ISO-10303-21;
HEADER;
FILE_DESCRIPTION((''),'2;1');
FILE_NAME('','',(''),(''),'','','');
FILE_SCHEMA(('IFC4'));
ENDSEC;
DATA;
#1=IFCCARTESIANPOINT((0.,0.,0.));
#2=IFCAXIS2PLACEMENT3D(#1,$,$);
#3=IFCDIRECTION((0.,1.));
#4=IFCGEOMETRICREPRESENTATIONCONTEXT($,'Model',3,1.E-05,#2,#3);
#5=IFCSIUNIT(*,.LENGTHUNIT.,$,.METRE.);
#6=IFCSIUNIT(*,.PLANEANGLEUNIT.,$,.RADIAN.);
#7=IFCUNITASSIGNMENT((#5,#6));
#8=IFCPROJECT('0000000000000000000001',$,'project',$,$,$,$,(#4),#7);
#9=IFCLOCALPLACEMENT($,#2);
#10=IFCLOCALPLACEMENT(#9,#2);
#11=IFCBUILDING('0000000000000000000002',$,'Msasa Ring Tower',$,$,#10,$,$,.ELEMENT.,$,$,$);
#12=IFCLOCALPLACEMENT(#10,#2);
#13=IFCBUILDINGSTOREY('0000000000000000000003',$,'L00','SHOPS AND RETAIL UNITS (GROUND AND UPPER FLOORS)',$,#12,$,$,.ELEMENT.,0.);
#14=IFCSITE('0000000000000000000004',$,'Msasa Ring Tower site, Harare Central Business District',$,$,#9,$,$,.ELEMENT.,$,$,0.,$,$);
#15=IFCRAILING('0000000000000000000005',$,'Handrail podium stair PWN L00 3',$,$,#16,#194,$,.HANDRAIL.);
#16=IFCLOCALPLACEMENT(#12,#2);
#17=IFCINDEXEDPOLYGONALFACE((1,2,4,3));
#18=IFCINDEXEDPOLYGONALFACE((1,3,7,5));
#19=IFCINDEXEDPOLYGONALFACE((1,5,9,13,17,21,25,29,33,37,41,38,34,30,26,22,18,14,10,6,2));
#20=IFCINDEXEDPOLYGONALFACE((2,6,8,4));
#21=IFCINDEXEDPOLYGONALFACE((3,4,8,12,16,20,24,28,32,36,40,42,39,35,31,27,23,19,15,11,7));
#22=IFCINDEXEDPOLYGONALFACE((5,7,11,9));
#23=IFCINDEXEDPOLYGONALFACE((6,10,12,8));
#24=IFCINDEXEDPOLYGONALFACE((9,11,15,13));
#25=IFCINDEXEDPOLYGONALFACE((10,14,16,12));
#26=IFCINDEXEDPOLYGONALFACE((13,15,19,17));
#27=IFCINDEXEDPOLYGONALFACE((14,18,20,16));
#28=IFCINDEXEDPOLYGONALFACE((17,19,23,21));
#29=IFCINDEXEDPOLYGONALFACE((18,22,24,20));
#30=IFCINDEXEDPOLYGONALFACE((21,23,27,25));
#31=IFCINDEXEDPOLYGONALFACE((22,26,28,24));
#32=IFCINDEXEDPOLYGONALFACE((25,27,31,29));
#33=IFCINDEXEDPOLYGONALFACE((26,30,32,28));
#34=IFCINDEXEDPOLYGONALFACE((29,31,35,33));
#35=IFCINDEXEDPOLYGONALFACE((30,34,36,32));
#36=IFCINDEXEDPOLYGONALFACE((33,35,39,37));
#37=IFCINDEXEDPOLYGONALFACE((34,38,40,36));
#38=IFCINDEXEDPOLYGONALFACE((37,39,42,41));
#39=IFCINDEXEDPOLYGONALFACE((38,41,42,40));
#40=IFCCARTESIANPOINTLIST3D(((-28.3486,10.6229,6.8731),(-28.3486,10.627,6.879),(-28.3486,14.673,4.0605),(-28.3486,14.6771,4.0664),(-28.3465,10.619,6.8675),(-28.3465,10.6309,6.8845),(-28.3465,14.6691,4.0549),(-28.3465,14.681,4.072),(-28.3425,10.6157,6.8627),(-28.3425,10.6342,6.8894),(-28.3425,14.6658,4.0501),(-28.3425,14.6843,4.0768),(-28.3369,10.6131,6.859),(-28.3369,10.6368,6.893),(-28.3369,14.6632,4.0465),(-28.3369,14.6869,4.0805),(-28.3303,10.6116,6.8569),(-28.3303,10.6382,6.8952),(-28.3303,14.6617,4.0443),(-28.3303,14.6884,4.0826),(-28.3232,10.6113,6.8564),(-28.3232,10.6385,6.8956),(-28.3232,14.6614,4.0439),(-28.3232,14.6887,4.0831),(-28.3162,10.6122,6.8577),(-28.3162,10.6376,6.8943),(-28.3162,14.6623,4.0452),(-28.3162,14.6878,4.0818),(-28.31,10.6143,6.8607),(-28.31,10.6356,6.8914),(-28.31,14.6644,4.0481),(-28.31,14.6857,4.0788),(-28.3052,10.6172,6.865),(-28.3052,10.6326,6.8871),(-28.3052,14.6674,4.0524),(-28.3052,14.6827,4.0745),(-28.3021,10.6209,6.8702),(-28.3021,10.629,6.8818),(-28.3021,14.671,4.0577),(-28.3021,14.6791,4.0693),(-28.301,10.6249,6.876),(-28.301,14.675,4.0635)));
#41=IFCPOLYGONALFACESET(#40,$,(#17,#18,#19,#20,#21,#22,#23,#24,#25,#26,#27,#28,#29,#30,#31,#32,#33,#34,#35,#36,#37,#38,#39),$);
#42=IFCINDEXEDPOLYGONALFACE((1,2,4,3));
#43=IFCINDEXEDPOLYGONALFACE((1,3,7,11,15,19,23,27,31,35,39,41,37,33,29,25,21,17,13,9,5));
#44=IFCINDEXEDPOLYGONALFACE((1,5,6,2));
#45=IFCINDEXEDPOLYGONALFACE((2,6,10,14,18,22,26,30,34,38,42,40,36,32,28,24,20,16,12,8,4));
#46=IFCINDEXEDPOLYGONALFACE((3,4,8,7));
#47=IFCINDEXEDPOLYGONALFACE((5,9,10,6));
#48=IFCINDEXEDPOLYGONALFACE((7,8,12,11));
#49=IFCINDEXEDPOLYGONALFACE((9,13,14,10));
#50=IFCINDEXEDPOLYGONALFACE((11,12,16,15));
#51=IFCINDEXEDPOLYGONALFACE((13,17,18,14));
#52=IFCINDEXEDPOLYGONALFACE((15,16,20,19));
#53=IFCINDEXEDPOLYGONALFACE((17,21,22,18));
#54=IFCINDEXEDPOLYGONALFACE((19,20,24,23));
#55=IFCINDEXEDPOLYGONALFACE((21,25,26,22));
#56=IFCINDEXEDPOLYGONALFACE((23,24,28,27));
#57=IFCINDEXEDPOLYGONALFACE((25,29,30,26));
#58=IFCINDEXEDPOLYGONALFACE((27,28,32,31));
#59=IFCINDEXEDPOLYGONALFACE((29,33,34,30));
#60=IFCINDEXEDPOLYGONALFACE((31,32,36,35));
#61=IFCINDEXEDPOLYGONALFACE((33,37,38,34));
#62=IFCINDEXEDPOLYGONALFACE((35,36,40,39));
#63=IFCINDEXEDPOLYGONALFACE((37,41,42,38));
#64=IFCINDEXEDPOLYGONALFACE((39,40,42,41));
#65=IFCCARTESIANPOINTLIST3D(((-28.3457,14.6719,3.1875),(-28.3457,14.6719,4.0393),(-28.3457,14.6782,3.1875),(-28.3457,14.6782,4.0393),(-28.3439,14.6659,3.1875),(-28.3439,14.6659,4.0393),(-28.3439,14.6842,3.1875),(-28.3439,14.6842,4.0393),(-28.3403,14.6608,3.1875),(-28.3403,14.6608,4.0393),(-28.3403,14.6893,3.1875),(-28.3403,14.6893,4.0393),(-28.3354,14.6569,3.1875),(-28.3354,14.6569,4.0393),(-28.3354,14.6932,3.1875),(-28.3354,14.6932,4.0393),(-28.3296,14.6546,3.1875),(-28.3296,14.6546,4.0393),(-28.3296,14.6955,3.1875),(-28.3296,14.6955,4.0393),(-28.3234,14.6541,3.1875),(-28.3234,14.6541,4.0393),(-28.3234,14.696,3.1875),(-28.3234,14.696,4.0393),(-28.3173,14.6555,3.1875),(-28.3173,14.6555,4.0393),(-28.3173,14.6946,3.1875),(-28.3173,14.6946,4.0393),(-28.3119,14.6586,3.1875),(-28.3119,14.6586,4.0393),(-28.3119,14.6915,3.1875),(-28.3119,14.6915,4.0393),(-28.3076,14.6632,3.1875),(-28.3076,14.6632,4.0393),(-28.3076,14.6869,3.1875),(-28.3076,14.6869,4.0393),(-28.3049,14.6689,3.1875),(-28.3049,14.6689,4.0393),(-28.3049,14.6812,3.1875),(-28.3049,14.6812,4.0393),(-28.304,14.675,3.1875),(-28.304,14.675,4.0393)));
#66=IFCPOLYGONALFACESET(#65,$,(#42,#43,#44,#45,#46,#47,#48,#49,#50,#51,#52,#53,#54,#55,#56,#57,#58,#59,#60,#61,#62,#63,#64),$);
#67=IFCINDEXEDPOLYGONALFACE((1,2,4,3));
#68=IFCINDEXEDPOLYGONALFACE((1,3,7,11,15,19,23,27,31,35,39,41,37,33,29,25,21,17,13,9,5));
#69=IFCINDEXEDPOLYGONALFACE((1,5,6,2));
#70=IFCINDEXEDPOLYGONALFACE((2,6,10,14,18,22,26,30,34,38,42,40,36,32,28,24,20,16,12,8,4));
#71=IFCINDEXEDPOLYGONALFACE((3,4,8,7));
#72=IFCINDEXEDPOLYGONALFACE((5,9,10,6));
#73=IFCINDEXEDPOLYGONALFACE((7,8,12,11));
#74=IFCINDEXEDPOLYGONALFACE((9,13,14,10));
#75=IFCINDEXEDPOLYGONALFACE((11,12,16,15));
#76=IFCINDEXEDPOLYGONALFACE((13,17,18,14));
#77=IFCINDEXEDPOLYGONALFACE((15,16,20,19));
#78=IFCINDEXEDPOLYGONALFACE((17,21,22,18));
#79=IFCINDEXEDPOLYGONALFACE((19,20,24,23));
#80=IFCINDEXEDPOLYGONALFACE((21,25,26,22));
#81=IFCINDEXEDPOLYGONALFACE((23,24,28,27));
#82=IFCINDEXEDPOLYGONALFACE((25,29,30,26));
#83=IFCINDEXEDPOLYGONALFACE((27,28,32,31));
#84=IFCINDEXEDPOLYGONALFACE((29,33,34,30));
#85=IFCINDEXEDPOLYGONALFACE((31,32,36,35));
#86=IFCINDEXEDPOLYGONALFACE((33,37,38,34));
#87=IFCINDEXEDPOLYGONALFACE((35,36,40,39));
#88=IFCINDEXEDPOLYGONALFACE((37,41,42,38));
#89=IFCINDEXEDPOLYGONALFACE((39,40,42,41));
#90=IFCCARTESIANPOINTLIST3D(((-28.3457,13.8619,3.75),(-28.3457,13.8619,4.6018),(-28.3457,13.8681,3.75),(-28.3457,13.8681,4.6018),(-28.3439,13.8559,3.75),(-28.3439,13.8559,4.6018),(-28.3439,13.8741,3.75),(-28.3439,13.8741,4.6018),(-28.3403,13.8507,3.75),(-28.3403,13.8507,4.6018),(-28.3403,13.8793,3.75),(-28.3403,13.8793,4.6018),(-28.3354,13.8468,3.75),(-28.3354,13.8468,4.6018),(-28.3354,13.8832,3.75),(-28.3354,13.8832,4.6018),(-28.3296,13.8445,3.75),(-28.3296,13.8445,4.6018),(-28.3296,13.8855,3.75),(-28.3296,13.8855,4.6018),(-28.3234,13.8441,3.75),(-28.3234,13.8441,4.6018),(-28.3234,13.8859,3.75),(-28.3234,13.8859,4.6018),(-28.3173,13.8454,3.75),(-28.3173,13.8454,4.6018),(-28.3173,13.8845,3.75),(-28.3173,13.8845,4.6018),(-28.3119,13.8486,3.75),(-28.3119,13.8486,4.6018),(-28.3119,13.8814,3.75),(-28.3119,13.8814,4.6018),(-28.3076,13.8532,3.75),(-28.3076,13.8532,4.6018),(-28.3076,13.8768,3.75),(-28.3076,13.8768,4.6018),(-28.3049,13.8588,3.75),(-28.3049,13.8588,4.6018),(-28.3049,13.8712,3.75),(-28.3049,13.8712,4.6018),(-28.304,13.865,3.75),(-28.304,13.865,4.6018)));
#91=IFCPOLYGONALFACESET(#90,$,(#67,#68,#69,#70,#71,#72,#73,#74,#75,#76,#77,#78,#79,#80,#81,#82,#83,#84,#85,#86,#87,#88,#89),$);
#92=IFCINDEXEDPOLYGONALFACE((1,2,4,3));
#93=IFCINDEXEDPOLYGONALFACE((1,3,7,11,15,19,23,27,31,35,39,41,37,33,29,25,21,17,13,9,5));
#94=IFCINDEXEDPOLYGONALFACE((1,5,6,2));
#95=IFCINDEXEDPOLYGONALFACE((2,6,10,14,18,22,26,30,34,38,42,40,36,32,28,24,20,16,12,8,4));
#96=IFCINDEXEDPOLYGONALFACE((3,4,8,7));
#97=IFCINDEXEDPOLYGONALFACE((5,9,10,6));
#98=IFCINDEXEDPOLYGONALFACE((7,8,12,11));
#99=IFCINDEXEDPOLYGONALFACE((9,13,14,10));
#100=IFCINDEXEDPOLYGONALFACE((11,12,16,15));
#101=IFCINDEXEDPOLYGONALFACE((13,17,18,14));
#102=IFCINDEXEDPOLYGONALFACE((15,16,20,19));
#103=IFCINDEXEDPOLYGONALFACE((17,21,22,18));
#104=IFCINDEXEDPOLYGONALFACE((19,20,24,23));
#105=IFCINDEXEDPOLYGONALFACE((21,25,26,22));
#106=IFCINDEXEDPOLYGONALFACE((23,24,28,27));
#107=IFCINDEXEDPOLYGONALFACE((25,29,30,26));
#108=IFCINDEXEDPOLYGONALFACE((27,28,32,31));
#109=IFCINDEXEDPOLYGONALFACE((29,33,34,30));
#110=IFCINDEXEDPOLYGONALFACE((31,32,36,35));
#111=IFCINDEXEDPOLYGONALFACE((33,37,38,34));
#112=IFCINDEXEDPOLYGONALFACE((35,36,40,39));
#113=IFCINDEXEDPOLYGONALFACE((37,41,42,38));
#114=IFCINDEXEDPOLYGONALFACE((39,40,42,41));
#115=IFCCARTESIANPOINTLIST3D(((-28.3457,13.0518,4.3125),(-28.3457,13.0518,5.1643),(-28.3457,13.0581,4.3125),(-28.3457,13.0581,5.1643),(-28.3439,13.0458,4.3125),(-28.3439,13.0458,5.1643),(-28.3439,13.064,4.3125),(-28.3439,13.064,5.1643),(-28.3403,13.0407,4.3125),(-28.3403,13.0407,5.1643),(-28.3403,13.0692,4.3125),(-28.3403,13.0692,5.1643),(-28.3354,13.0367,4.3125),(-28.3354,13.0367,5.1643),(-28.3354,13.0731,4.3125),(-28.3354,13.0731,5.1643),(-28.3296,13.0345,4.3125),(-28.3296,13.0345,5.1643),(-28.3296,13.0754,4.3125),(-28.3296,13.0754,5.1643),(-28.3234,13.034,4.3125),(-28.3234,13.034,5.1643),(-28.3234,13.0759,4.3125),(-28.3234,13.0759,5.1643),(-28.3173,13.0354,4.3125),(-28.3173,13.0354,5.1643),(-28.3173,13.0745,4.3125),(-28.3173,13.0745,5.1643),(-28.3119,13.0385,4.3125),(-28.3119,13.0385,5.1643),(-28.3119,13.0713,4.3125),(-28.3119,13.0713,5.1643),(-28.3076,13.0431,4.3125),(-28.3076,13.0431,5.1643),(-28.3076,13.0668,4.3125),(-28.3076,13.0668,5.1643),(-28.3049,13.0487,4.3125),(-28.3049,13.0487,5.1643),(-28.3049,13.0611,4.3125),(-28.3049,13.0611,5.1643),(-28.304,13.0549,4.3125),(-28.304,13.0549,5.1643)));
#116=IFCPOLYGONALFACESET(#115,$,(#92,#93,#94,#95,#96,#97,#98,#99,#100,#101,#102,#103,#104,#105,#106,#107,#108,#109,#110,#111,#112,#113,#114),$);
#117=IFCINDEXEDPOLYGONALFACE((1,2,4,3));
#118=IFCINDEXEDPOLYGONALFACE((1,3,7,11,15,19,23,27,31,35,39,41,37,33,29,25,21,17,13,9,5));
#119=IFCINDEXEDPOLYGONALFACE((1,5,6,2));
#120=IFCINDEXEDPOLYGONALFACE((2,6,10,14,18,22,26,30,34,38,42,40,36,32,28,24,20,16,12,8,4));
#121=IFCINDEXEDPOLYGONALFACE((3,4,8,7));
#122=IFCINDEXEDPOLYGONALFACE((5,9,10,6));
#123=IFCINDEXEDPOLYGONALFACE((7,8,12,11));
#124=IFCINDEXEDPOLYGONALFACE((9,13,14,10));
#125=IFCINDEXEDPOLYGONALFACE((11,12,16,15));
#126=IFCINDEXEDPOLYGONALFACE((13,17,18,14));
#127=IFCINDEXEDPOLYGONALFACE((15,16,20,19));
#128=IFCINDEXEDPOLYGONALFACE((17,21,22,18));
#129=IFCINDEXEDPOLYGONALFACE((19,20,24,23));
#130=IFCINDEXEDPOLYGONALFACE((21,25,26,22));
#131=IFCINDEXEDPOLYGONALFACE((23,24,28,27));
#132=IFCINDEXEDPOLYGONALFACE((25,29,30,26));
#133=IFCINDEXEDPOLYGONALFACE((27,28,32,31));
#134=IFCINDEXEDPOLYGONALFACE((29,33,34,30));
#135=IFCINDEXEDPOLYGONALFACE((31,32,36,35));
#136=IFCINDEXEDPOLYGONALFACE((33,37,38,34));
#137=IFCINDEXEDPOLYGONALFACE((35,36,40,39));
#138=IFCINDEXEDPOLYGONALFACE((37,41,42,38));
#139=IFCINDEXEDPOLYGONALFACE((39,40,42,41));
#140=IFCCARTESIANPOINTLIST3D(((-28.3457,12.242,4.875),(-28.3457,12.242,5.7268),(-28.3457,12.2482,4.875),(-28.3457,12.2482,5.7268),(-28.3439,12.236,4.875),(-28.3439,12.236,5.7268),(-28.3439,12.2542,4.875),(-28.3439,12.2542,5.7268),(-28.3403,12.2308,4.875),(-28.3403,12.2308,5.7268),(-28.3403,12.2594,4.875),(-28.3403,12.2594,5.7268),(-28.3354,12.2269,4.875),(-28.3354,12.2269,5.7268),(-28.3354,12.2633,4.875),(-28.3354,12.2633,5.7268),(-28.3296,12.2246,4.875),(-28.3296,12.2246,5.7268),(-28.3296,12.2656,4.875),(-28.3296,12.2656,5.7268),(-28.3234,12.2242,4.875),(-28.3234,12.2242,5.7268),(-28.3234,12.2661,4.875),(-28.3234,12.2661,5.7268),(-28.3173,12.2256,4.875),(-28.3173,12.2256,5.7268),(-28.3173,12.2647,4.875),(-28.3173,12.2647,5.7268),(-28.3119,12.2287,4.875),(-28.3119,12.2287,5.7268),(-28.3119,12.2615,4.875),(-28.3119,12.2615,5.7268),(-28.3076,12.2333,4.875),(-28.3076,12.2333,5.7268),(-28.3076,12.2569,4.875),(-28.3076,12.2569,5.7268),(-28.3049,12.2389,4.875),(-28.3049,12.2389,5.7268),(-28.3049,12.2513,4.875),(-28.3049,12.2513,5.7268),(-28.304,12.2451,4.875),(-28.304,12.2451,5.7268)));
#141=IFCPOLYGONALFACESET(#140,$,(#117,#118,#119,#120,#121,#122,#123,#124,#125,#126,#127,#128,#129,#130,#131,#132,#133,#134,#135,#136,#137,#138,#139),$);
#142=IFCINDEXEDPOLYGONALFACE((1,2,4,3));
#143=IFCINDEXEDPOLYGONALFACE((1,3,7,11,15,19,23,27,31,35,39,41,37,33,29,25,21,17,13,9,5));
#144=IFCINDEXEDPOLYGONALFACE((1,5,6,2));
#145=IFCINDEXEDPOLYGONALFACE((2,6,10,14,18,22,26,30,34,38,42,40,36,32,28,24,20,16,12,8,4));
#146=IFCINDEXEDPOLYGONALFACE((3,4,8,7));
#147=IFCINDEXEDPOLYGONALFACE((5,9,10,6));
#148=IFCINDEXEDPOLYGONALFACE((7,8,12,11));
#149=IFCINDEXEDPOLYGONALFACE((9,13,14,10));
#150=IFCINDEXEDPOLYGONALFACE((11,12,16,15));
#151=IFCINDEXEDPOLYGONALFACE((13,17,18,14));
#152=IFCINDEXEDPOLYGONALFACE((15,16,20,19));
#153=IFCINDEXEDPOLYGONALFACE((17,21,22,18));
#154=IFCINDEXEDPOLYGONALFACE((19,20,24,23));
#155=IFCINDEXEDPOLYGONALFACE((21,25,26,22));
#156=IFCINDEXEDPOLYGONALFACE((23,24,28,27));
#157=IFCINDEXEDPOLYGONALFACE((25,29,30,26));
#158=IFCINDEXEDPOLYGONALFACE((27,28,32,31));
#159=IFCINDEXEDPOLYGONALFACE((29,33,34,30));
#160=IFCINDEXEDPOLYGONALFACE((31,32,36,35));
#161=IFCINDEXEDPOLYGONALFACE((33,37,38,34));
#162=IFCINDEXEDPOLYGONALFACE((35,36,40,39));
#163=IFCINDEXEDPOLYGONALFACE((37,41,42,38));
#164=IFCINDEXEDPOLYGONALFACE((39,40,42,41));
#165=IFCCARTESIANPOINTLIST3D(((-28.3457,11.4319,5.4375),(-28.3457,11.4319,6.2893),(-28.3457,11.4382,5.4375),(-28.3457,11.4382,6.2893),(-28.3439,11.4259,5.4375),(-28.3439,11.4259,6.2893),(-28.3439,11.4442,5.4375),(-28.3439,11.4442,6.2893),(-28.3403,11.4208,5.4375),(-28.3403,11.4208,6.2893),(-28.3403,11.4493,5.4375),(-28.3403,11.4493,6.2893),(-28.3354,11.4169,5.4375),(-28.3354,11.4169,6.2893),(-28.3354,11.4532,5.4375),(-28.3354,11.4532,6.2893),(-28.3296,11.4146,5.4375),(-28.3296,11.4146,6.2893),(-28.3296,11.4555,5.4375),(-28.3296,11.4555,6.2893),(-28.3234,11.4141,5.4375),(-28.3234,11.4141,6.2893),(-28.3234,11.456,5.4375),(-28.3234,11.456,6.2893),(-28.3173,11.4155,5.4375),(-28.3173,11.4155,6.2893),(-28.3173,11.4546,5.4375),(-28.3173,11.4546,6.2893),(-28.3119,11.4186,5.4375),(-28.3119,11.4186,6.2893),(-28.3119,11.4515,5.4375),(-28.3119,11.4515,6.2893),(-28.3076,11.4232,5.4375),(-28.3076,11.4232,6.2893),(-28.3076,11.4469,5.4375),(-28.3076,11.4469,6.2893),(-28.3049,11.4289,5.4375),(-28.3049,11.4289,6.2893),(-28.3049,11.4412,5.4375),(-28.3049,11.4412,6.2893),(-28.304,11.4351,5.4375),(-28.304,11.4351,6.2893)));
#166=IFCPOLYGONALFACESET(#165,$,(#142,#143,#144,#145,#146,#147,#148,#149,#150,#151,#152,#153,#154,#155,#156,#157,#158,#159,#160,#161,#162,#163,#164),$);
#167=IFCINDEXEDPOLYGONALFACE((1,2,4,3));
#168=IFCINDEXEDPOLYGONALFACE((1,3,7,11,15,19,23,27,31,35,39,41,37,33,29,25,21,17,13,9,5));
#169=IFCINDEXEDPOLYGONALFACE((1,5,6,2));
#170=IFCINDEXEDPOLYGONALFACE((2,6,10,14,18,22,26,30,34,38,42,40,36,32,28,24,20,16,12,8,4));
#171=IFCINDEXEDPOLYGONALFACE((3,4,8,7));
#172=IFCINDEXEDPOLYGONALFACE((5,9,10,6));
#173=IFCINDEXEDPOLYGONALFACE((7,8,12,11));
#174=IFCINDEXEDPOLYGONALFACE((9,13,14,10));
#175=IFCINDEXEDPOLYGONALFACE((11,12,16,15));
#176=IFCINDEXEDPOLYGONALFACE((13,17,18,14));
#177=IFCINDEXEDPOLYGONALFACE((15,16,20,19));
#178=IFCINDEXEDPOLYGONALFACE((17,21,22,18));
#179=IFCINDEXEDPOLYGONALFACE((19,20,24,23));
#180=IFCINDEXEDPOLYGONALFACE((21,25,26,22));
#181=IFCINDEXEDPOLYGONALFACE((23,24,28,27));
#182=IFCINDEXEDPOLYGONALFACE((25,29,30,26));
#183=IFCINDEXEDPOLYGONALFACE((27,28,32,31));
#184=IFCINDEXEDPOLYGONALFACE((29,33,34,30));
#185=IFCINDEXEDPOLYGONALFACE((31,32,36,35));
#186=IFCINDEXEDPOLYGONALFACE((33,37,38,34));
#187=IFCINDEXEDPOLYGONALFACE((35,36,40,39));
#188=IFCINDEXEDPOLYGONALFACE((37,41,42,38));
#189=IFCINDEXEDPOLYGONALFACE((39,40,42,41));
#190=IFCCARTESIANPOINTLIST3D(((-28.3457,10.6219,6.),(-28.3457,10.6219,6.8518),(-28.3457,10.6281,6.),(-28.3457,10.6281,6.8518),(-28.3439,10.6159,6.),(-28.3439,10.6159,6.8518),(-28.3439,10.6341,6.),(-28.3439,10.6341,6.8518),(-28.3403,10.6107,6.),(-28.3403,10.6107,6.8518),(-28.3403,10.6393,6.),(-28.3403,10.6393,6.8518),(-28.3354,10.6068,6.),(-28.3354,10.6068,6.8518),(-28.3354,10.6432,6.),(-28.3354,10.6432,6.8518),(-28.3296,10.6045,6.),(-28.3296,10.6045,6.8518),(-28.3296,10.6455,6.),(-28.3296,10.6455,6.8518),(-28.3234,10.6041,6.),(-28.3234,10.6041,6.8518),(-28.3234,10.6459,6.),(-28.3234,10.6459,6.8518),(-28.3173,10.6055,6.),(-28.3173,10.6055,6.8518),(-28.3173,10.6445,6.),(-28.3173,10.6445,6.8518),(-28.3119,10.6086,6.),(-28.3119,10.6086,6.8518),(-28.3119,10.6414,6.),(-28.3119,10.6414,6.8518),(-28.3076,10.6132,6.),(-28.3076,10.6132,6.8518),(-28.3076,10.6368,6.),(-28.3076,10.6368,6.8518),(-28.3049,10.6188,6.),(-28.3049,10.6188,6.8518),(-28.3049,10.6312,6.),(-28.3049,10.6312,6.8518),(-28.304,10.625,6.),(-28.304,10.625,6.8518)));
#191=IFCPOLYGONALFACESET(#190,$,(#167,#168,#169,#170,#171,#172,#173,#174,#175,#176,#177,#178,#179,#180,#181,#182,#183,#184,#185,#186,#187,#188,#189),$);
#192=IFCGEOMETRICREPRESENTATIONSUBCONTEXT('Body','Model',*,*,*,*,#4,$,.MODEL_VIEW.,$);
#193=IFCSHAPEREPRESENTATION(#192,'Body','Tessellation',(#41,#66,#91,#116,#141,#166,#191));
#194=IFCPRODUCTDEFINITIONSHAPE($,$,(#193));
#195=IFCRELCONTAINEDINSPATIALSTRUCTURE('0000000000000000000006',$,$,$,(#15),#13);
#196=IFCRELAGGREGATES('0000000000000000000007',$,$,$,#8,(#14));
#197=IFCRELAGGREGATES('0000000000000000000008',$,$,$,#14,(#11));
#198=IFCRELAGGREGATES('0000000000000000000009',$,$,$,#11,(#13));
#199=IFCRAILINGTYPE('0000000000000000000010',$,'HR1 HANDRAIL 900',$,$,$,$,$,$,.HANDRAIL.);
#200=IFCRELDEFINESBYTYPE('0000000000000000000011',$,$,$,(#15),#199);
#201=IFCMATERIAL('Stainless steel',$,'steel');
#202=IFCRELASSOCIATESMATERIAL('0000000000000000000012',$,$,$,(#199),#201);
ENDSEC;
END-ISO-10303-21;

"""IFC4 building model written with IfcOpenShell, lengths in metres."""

from ifc_helpers import new_model, si_unit, direction, frame, origin, origin_2d, place, context, subcontext, project, spatial, circle, extrude, material, type_object, element, save


model = new_model("IFC4")

# Units and contexts
model_context = context("Model", 3, precision=1e-05, world=origin(), true_north=direction((0.0, 1.0)))
body_context = subcontext(model_context, "Body", "Model", "MODEL_VIEW")
ifc_project = project(units=[si_unit("LENGTHUNIT", "METRE"), si_unit("PLANEANGLEUNIT", "RADIAN")], contexts=[model_context])

# Site, building, storey
site_placement = place(None, origin())
site = spatial("IfcSite", under=ifc_project, at=site_placement, Name="Msasa Ring Tower site, Harare Central Business District", CompositionType="ELEMENT", RefElevation=0.0)
building_placement = place(site_placement, origin())
building = spatial("IfcBuilding", under=site, at=building_placement, Name="Msasa Ring Tower", CompositionType="ELEMENT")
storey_placement = place(building_placement, origin())
storey = spatial("IfcBuildingStorey", under=building, at=storey_placement, Name="L00", Description="SHOPS AND RETAIL UNITS (GROUND AND UPPER FLOORS)", CompositionType="ELEMENT", Elevation=0.0)

# Railing
ifc_material_1 = material(Name="Stainless steel", Category="steel")
railing_type = type_object("IfcRailingType", Name="HR1 HANDRAIL 900", PredefinedType="HANDRAIL", material=ifc_material_1)
for number, where, name in (
    (1, (-28.325, 14.675, 3.1875), "Handrail podium stair PWN L00 3"),
):
    element("IfcRailing", number, at=place(storey_placement, frame(where)), inside=storey, type_object=railing_type, Name=name, PredefinedType="HANDRAIL", context=body_context, shape_type="SweptSolid", body=[
        extrude(circle(Radius=0.0239, at=origin_2d()), frame((0.0, 0.0, 0.876), z_axis=(0.0, -0.821373, 0.570391), x_axis=(1.0, 0.0, 0.0)), (0.0, 0.0, 1.0), 4.9309),
        extrude(circle(Radius=0.021, at=origin_2d()), origin(), (0.0, 0.0, 1.0), 0.8518),
        extrude(circle(Radius=0.021, at=origin_2d()), frame((0.0, -0.8101, 0.5625)), (0.0, 0.0, 1.0), 0.8518),
        extrude(circle(Radius=0.021, at=origin_2d()), frame((0.0, -1.6201, 1.125)), (0.0, 0.0, 1.0), 0.8518),
        extrude(circle(Radius=0.021, at=origin_2d()), frame((0.0, -2.4299, 1.6875)), (0.0, 0.0, 1.0), 0.8518),
        extrude(circle(Radius=0.021, at=origin_2d()), frame((0.0, -3.24, 2.25)), (0.0, 0.0, 1.0), 0.8518),
        extrude(circle(Radius=0.021, at=origin_2d()), frame((0.0, -4.05, 2.8125)), (0.0, 0.0, 1.0), 0.8518),
    ])

save(model, "model.ifc")
